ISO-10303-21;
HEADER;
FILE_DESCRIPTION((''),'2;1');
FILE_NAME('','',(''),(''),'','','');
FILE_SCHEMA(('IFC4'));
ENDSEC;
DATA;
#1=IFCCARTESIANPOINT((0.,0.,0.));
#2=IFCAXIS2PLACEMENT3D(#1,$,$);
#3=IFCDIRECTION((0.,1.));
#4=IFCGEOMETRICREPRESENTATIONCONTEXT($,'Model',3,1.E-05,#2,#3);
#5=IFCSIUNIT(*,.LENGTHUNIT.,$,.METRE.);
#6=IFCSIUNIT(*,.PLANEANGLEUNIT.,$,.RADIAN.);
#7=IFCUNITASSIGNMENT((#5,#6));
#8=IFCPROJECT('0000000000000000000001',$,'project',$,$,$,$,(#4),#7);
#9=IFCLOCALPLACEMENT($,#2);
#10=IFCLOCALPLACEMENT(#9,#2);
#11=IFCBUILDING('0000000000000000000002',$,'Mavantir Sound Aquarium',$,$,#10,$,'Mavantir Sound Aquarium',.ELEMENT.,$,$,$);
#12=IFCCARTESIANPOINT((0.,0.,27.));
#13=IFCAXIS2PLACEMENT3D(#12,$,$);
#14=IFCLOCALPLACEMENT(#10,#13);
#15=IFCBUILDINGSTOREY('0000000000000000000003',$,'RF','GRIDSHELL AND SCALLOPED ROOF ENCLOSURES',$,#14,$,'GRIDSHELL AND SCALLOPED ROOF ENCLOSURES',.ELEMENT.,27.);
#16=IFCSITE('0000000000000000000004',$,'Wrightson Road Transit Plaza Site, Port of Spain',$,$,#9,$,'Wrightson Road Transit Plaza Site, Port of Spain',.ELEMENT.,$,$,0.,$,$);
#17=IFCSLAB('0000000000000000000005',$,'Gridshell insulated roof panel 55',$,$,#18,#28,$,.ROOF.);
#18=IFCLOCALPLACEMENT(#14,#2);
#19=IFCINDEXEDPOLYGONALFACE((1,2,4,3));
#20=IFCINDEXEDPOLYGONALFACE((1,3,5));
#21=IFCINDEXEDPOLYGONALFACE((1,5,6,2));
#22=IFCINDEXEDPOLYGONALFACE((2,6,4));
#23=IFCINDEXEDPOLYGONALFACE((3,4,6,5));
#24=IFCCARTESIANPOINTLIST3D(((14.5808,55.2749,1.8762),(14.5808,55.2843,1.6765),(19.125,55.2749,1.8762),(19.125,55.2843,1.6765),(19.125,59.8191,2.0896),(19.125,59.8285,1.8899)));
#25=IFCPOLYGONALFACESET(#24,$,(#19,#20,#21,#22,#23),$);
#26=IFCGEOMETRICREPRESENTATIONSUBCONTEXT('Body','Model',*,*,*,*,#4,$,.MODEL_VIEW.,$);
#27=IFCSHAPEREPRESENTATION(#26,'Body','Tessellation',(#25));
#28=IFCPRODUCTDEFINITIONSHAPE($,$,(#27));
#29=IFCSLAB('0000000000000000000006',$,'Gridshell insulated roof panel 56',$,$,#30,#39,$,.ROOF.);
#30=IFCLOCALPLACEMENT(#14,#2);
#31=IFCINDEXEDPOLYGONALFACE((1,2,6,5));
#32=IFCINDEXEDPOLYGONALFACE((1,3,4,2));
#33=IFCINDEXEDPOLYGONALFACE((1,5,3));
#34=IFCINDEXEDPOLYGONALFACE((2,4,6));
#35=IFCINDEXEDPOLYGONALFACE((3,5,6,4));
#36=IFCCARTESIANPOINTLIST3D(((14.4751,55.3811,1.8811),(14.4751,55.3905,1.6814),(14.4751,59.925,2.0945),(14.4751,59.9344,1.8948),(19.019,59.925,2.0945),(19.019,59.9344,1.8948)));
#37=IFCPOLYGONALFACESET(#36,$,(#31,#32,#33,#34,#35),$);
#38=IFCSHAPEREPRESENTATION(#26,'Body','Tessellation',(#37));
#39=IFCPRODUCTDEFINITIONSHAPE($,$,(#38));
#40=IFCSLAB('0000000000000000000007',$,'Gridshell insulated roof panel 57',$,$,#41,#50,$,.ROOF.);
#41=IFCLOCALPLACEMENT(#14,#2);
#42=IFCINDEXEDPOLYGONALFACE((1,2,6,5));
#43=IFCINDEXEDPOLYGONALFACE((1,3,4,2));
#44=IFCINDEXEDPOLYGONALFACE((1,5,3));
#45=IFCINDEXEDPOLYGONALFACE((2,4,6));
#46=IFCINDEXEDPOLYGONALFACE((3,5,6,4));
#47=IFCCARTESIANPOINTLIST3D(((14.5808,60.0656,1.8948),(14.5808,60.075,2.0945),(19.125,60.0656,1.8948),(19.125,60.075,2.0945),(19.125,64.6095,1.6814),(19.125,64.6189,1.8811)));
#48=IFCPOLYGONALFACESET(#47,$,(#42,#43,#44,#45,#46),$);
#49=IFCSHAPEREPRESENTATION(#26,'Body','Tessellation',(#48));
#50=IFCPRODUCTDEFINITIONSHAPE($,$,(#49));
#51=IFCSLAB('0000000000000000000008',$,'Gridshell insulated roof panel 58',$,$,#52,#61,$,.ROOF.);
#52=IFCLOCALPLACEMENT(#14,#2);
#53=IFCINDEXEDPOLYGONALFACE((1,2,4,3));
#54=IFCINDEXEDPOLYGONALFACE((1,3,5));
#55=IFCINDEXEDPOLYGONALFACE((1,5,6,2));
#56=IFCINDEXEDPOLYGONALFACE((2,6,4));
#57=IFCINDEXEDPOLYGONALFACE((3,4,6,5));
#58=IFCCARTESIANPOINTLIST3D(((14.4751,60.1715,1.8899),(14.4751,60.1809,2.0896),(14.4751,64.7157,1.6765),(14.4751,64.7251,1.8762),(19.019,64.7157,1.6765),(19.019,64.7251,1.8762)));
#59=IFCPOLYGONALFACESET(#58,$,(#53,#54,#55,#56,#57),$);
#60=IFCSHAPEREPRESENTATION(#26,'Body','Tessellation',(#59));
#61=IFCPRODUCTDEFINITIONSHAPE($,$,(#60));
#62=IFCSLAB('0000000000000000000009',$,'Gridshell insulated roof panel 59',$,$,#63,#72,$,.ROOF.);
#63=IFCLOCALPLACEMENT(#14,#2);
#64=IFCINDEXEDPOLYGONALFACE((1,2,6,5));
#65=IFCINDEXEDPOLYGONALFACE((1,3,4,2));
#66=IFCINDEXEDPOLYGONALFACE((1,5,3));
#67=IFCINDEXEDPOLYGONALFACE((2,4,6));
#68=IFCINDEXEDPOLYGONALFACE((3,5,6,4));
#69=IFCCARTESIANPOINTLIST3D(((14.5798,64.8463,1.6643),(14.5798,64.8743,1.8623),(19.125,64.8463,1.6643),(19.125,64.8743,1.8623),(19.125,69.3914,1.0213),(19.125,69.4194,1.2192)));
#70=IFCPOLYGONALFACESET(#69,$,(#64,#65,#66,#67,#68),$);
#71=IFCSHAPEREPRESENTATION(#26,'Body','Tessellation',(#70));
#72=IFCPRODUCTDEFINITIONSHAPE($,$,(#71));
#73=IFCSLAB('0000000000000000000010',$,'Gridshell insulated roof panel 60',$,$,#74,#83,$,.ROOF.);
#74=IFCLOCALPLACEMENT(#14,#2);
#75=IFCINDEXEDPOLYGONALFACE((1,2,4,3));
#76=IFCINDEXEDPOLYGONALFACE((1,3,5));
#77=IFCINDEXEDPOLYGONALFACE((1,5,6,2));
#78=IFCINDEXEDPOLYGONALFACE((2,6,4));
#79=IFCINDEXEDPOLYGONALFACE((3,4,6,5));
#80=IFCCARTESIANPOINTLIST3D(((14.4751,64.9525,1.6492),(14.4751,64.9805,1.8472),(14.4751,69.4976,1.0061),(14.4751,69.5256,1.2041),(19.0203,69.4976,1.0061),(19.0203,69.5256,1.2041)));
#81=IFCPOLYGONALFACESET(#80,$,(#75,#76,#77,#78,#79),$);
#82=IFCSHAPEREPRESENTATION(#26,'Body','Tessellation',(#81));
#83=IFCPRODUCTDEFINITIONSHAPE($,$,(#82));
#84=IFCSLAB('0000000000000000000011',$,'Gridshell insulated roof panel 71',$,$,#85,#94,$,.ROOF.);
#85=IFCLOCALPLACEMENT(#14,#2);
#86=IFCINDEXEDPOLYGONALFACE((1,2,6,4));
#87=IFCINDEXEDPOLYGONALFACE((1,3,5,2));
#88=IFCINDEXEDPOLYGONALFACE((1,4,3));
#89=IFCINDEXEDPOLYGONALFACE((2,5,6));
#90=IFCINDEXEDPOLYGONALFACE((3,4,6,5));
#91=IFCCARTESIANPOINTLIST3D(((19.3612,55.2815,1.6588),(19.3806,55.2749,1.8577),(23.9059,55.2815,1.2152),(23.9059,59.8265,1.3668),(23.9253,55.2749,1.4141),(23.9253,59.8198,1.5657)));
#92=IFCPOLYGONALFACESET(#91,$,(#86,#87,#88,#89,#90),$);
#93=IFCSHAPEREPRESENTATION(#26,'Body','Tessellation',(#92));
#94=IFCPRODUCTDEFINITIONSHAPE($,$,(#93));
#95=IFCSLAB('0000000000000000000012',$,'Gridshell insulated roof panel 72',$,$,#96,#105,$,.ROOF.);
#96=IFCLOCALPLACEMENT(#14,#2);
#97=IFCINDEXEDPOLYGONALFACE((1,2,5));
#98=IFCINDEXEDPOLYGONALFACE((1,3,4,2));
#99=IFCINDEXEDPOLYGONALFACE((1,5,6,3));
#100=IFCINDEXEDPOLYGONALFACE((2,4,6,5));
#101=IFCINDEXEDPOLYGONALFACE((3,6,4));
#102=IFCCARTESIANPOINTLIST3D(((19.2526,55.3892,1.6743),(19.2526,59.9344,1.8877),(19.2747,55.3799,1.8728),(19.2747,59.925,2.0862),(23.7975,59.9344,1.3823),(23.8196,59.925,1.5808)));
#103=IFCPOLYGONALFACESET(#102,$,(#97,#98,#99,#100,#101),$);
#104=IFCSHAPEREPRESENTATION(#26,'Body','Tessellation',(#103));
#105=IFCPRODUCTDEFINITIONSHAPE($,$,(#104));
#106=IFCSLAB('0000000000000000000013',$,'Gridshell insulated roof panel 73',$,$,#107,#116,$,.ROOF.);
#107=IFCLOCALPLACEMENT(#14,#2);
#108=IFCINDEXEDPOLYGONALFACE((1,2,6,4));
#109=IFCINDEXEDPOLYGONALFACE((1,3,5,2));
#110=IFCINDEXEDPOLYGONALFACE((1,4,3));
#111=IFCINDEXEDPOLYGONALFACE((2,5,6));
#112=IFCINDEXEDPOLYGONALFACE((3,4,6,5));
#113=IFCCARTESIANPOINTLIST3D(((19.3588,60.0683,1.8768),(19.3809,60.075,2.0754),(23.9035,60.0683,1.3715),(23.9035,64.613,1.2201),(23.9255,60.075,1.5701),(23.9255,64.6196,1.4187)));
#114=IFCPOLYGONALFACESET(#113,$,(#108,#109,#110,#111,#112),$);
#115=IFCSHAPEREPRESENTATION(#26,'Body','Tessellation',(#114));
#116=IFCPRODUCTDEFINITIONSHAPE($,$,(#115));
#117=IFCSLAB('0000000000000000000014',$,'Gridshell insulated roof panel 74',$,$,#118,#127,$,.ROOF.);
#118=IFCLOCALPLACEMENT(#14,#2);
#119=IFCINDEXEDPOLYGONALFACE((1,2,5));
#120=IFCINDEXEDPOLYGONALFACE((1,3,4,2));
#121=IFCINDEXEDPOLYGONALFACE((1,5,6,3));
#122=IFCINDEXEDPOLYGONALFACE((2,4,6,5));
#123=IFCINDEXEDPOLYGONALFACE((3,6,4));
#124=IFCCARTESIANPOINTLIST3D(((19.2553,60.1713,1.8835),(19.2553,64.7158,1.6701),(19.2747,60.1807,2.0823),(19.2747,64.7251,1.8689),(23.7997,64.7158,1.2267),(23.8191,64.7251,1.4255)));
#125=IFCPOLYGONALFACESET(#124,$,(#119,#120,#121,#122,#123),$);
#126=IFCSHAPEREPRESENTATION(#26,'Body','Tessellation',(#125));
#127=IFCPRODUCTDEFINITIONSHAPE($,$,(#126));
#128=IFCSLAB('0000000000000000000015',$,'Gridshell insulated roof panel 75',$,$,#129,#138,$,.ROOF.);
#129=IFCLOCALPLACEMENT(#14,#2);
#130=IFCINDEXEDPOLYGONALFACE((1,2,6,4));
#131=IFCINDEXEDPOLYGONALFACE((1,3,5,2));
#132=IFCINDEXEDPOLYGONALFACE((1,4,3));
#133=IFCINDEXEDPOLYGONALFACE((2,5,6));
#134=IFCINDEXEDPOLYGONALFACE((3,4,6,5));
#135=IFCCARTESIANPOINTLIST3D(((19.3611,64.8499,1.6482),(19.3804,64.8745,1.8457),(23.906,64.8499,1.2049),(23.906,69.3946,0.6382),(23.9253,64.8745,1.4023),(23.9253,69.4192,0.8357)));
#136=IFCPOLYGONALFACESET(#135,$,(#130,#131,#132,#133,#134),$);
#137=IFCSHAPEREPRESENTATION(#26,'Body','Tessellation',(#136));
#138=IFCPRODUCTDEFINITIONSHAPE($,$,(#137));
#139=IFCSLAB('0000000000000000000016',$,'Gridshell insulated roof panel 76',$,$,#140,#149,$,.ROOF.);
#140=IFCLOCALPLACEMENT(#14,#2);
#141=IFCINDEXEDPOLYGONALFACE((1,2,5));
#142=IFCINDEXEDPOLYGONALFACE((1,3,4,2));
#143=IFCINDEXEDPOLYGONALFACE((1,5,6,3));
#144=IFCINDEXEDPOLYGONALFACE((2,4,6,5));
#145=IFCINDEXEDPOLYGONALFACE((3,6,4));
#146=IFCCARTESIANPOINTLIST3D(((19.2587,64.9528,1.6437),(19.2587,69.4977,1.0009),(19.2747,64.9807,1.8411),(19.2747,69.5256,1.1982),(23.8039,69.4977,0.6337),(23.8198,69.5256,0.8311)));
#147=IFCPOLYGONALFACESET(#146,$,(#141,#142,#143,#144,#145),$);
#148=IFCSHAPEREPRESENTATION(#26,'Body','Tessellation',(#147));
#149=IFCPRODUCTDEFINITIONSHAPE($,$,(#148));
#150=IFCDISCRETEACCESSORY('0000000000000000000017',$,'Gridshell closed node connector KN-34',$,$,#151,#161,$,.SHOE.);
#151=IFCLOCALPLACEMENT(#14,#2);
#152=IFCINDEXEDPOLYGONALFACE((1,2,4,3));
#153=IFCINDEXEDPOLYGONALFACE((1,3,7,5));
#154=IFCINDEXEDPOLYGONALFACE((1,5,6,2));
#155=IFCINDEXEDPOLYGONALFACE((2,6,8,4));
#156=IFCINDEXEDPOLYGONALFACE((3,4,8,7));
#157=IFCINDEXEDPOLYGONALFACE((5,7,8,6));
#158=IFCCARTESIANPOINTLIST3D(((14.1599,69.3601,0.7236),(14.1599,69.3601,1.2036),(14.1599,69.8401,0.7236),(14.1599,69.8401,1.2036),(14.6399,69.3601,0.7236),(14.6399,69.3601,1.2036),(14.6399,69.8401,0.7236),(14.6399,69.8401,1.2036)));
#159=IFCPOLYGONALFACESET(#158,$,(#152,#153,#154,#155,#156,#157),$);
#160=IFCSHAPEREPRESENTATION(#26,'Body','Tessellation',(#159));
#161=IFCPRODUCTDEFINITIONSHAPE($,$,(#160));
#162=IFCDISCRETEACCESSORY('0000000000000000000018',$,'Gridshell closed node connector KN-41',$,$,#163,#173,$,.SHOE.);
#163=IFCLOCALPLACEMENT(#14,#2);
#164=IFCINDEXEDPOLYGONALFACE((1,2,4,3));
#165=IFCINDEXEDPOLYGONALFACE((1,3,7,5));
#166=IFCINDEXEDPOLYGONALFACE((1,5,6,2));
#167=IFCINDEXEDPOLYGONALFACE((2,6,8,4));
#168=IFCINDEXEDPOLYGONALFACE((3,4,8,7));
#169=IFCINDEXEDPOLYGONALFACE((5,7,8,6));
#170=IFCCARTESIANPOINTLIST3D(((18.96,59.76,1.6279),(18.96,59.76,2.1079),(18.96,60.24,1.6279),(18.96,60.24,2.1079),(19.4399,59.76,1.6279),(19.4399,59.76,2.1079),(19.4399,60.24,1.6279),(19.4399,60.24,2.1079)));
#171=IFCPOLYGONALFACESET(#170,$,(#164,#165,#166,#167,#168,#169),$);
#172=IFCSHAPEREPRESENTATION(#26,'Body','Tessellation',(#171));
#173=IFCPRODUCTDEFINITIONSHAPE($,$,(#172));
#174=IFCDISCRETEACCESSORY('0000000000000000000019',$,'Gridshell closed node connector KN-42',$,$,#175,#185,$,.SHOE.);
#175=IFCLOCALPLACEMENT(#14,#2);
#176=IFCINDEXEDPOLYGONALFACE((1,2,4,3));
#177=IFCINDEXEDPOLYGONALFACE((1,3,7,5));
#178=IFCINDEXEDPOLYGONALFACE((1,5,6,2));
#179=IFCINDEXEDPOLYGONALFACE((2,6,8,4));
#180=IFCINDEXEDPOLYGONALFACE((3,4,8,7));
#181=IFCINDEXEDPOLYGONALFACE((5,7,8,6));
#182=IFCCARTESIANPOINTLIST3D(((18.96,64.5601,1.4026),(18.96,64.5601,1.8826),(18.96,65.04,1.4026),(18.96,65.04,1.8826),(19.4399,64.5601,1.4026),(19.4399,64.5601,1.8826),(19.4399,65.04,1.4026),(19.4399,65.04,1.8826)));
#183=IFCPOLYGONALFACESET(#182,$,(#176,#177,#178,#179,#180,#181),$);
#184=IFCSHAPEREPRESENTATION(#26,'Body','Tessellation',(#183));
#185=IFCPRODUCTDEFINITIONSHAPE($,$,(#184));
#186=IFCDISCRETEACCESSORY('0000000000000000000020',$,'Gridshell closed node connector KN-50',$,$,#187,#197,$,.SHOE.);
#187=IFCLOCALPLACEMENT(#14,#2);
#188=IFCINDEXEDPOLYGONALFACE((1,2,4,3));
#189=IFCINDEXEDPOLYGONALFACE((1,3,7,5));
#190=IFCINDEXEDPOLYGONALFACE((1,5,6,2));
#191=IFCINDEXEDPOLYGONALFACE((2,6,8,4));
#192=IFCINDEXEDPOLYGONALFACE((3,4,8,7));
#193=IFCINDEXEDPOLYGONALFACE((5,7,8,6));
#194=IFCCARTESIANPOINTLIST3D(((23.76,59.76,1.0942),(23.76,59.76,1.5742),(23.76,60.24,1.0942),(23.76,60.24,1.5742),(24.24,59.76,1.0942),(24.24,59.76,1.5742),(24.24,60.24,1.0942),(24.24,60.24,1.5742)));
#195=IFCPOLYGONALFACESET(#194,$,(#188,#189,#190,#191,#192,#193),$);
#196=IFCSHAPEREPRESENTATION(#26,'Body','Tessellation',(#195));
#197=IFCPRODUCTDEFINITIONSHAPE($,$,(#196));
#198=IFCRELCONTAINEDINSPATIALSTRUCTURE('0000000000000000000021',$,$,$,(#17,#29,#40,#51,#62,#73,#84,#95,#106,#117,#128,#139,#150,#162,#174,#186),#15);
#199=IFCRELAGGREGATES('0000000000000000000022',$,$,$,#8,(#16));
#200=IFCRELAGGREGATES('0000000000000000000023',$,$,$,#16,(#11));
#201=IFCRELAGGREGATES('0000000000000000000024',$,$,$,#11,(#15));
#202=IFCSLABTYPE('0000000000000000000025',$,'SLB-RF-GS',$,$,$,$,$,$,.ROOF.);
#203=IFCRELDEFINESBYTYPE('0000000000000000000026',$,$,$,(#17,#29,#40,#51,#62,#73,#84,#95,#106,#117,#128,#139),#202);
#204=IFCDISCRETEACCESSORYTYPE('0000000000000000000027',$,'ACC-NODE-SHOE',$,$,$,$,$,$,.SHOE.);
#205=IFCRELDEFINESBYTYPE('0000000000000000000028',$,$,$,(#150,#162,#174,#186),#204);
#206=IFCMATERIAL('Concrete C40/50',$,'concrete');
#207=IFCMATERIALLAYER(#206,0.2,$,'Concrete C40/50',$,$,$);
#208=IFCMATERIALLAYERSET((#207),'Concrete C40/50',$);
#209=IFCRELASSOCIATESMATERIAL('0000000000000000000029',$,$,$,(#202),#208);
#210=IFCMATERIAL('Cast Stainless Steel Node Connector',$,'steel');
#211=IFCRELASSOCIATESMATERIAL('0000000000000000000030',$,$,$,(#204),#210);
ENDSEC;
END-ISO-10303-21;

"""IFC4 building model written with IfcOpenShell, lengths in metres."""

from ifc_helpers import new_model, si_unit, direction, frame, origin, origin_2d, place, context, subcontext, project, spatial, polyline, rectangle, outline, extrude, material, layer, layer_set, type_object, element, save


model = new_model("IFC4")

# Units and contexts
model_context = context("Model", 3, precision=1e-05, world=origin(), true_north=direction((0.0, 1.0)))
body_context = subcontext(model_context, "Body", "Model", "MODEL_VIEW")
ifc_project = project(units=[si_unit("LENGTHUNIT", "METRE"), si_unit("PLANEANGLEUNIT", "RADIAN")], contexts=[model_context])

# Site, building, storey
site_placement = place(None, origin())
site = spatial("IfcSite", under=ifc_project, at=site_placement, Name="Wrightson Road Transit Plaza Site, Port of Spain", LongName="Wrightson Road Transit Plaza Site, Port of Spain", CompositionType="ELEMENT", RefElevation=0.0)
building_placement = place(site_placement, origin())
building = spatial("IfcBuilding", under=site, at=building_placement, Name="Mavantir Sound Aquarium", LongName="Mavantir Sound Aquarium", CompositionType="ELEMENT")
storey_placement = place(building_placement, frame((0.0, 0.0, 27.0)))
storey = spatial("IfcBuildingStorey", under=building, at=storey_placement, Name="RF", Description="GRIDSHELL AND SCALLOPED ROOF ENCLOSURES", LongName="GRIDSHELL AND SCALLOPED ROOF ENCLOSURES", CompositionType="ELEMENT", Elevation=27.0)

# Slabs
ifc_material_1 = material(Name="Concrete C40/50", Category="concrete")
ifc_layer_1 = layer(ifc_material_1, 0.2, Name="Concrete C40/50")
ifc_layer_set_1 = layer_set([ifc_layer_1], Name="Concrete C40/50")
slab_type = type_object("IfcSlabType", Name="SLB-RF-GS", PredefinedType="ROOF", material=ifc_layer_set_1)
slab_1_placement = place(storey_placement, frame((14.5808, 55.2749, 1.8762), z_axis=(0.0, -0.046905, 0.998899), x_axis=(1.0, 0.0, 0.0)))
element("IfcSlab", 1, at=slab_1_placement, inside=storey, type_object=slab_type, Name="Gridshell insulated roof panel 55", PredefinedType="ROOF", context=body_context, shape_type="SweptSolid", body=[
    extrude(outline(polyline([(0.0, 0.0), (4.5442, 0.0), (4.5442, 4.5492), (0.0, 0.0)])), origin(), (0.0, 0.0, -1.0), 0.2),
])
slab_2_placement = place(storey_placement, frame((14.4751, 55.3811, 1.8811), z_axis=(0.0, -0.046907, 0.998899), x_axis=(0.706717, 0.706717, 0.033187)))
element("IfcSlab", 2, at=slab_2_placement, inside=storey, type_object=slab_type, Name="Gridshell insulated roof panel 56", PredefinedType="ROOF", context=body_context, shape_type="SweptSolid", body=[
    extrude(outline(polyline([(0.0, 0.0), (6.4297, 0.0), (3.2184, 3.2148), (0.0, 0.0)])), origin(), (0.0, 0.0, -1.0), 0.2),
])
slab_3_placement = place(storey_placement, frame((14.5808, 60.075, 2.0945), z_axis=(0.0, 0.046907, 0.998899), x_axis=(1.0, 0.0, 0.0)))
element("IfcSlab", 3, at=slab_3_placement, inside=storey, type_object=slab_type, Name="Gridshell insulated roof panel 57", PredefinedType="ROOF", context=body_context, shape_type="SweptSolid", body=[
    extrude(outline(polyline([(0.0, 0.0), (4.5442, 0.0), (4.5442, 4.549), (0.0, 0.0)])), origin(), (0.0, 0.0, -1.0), 0.2),
])
slab_4_placement = place(storey_placement, frame((14.4751, 60.1809, 2.0896), z_axis=(0.0, 0.046905, 0.998899), x_axis=(0.706698, 0.706736, -0.033186)))
element("IfcSlab", 4, at=slab_4_placement, inside=storey, type_object=slab_type, Name="Gridshell insulated roof panel 58", PredefinedType="ROOF", context=body_context, shape_type="SweptSolid", body=[
    extrude(outline(polyline([(0.0, 0.0), (6.4298, 0.0), (3.2186, 3.2149), (0.0, 0.0)])), origin(), (0.0, 0.0, -1.0), 0.2),
])
slab_5_placement = place(storey_placement, frame((14.5798, 64.8743, 1.8623), z_axis=(0.0, 0.140088, 0.990139), x_axis=(1.0, 0.0, 0.0)))
element("IfcSlab", 5, at=slab_5_placement, inside=storey, type_object=slab_type, Name="Gridshell insulated roof panel 59", PredefinedType="ROOF", context=body_context, shape_type="SweptSolid", body=[
    extrude(outline(polyline([(0.0, 0.0), (4.5452, 0.0), (4.5452, 4.5904), (0.0, 0.0)])), origin(), (0.0, 0.0, -1.0), 0.2),
])
slab_6_placement = place(storey_placement, frame((14.4751, 64.9805, 1.8472), z_axis=(0.0, 0.140088, 0.990139), x_axis=(0.703594, 0.703594, -0.099547)))
element("IfcSlab", 6, at=slab_6_placement, inside=storey, type_object=slab_type, Name="Gridshell insulated roof panel 60", PredefinedType="ROOF", context=body_context, shape_type="SweptSolid", body=[
    extrude(outline(polyline([(0.0, 0.0), (6.4599, 0.0), (3.262, 3.2298), (0.0, 0.0)])), origin(), (0.0, 0.0, -1.0), 0.2),
])
slab_7_placement = place(storey_placement, frame((19.3806, 55.2749, 1.8577), z_axis=(0.097094, -0.033182, 0.994722), x_axis=(0.99527, 0.0, -0.097148)))
element("IfcSlab", 7, at=slab_7_placement, inside=storey, type_object=slab_type, Name="Gridshell insulated roof panel 71", PredefinedType="ROOF", context=body_context, shape_type="SweptSolid", body=[
    extrude(outline(polyline([(0.0, 0.0), (4.5663, 0.0), (4.5515, 4.5474), (0.0, 0.0)])), origin(), (0.0, 0.0, -1.0), 0.2),
])
slab_8_placement = place(storey_placement, frame((19.2747, 55.3799, 1.8728), z_axis=(0.110393, -0.046608, 0.992795), x_axis=(0.706359, 0.706397, -0.045381)))
element("IfcSlab", 8, at=slab_8_placement, inside=storey, type_object=slab_type, Name="Gridshell insulated roof panel 72", PredefinedType="ROOF", context=body_context, shape_type="SweptSolid", body=[
    extrude(outline(polyline([(0.0, 0.0), (6.4343, 0.0), (3.201, 3.2338), (0.0, 0.0)])), origin(), (0.0, 0.0, -1.0), 0.2),
])
slab_9_placement = place(storey_placement, frame((19.3809, 60.075, 2.0754), z_axis=(0.110459, 0.033084, 0.99333), x_axis=(0.993874, 0.0, -0.110519)))
element("IfcSlab", 9, at=slab_9_placement, inside=storey, type_object=slab_type, Name="Gridshell insulated roof panel 73", PredefinedType="ROOF", context=body_context, shape_type="SweptSolid", body=[
    extrude(outline(polyline([(0.0, 0.0), (4.5727, 0.0), (4.5894, 4.5472), (0.0, 0.0)])), origin(), (0.0, 0.0, -1.0), 0.2),
])
slab_10_placement = place(storey_placement, frame((19.2747, 60.1807, 2.0823), z_axis=(0.096994, 0.046681, 0.99419), x_axis=(0.703444, 0.703444, -0.101658)))
element("IfcSlab", 10, at=slab_10_placement, inside=storey, type_object=slab_type, Name="Gridshell insulated roof panel 74", PredefinedType="ROOF", context=body_context, shape_type="SweptSolid", body=[
    extrude(outline(polyline([(0.0, 0.0), (6.4603, 0.0), (3.2184, 3.2154), (0.0, 0.0)])), origin(), (0.0, 0.0, -1.0), 0.2),
])
slab_11_placement = place(storey_placement, frame((19.3804, 64.8745, 1.8457), z_axis=(0.096351, 0.123151, 0.9877), x_axis=(0.995276, 0.0, -0.09709)))
element("IfcSlab", 11, at=slab_11_placement, inside=storey, type_object=slab_type, Name="Gridshell insulated roof panel 75", PredefinedType="ROOF", context=body_context, shape_type="SweptSolid", body=[
    extrude(outline(polyline([(0.0, 0.0), (4.5665, 0.0), (4.6215, 4.5795), (0.0, 0.0)])), origin(), (0.0, 0.0, -1.0), 0.2),
])
slab_12_placement = place(storey_placement, frame((19.2747, 64.9807, 1.8411), z_axis=(0.079736, 0.139598, 0.986993), x_axis=(0.698554, 0.698517, -0.15523)))
element("IfcSlab", 12, at=slab_12_placement, inside=storey, type_object=slab_type, Name="Gridshell insulated roof panel 76", PredefinedType="ROOF", context=body_context, shape_type="SweptSolid", body=[
    extrude(outline(polyline([(0.0, 0.0), (6.5065, 0.0), (3.2745, 3.2167), (0.0, 0.0)])), origin(), (0.0, 0.0, -1.0), 0.2),
])

# Discrete accessories
ifc_material_2 = material(Name="Cast Stainless Steel Node Connector", Category="steel")
discrete_accessory_type = type_object("IfcDiscreteAccessoryType", Name="ACC-NODE-SHOE", PredefinedType="SHOE", material=ifc_material_2)
for number, where, z_axis, x_axis, name in (
    (13, (14.3999, 69.6001, 0.7236), (0.0, 0.0, 1.0), (1.0, 0.0, 0.0), "Gridshell closed node connector KN-34"),
    (14, (19.2, 60.0, 1.6279), (0.0, 0.0, 1.0), (1.0, 0.0, 0.0), "Gridshell closed node connector KN-41"),
    (15, (19.2, 64.8, 1.4026), (0.0, 0.0, 1.0), (1.0, 0.0, 0.0), "Gridshell closed node connector KN-42"),
    (16, (24.0, 60.0, 1.0942), (0.0, 0.0, 1.0), (1.0, 0.0, 0.0), "Gridshell closed node connector KN-50"),
):
    element("IfcDiscreteAccessory", number, at=place(storey_placement, frame(where, z_axis=z_axis, x_axis=x_axis)), inside=storey, type_object=discrete_accessory_type, Name=name, PredefinedType="SHOE", context=body_context, shape_type="SweptSolid", body=[
        extrude(rectangle(XDim=0.48, YDim=0.48, at=origin_2d()), origin(), (0.0, 0.0, 1.0), 0.48),
    ])

save(model, "model.ifc")
